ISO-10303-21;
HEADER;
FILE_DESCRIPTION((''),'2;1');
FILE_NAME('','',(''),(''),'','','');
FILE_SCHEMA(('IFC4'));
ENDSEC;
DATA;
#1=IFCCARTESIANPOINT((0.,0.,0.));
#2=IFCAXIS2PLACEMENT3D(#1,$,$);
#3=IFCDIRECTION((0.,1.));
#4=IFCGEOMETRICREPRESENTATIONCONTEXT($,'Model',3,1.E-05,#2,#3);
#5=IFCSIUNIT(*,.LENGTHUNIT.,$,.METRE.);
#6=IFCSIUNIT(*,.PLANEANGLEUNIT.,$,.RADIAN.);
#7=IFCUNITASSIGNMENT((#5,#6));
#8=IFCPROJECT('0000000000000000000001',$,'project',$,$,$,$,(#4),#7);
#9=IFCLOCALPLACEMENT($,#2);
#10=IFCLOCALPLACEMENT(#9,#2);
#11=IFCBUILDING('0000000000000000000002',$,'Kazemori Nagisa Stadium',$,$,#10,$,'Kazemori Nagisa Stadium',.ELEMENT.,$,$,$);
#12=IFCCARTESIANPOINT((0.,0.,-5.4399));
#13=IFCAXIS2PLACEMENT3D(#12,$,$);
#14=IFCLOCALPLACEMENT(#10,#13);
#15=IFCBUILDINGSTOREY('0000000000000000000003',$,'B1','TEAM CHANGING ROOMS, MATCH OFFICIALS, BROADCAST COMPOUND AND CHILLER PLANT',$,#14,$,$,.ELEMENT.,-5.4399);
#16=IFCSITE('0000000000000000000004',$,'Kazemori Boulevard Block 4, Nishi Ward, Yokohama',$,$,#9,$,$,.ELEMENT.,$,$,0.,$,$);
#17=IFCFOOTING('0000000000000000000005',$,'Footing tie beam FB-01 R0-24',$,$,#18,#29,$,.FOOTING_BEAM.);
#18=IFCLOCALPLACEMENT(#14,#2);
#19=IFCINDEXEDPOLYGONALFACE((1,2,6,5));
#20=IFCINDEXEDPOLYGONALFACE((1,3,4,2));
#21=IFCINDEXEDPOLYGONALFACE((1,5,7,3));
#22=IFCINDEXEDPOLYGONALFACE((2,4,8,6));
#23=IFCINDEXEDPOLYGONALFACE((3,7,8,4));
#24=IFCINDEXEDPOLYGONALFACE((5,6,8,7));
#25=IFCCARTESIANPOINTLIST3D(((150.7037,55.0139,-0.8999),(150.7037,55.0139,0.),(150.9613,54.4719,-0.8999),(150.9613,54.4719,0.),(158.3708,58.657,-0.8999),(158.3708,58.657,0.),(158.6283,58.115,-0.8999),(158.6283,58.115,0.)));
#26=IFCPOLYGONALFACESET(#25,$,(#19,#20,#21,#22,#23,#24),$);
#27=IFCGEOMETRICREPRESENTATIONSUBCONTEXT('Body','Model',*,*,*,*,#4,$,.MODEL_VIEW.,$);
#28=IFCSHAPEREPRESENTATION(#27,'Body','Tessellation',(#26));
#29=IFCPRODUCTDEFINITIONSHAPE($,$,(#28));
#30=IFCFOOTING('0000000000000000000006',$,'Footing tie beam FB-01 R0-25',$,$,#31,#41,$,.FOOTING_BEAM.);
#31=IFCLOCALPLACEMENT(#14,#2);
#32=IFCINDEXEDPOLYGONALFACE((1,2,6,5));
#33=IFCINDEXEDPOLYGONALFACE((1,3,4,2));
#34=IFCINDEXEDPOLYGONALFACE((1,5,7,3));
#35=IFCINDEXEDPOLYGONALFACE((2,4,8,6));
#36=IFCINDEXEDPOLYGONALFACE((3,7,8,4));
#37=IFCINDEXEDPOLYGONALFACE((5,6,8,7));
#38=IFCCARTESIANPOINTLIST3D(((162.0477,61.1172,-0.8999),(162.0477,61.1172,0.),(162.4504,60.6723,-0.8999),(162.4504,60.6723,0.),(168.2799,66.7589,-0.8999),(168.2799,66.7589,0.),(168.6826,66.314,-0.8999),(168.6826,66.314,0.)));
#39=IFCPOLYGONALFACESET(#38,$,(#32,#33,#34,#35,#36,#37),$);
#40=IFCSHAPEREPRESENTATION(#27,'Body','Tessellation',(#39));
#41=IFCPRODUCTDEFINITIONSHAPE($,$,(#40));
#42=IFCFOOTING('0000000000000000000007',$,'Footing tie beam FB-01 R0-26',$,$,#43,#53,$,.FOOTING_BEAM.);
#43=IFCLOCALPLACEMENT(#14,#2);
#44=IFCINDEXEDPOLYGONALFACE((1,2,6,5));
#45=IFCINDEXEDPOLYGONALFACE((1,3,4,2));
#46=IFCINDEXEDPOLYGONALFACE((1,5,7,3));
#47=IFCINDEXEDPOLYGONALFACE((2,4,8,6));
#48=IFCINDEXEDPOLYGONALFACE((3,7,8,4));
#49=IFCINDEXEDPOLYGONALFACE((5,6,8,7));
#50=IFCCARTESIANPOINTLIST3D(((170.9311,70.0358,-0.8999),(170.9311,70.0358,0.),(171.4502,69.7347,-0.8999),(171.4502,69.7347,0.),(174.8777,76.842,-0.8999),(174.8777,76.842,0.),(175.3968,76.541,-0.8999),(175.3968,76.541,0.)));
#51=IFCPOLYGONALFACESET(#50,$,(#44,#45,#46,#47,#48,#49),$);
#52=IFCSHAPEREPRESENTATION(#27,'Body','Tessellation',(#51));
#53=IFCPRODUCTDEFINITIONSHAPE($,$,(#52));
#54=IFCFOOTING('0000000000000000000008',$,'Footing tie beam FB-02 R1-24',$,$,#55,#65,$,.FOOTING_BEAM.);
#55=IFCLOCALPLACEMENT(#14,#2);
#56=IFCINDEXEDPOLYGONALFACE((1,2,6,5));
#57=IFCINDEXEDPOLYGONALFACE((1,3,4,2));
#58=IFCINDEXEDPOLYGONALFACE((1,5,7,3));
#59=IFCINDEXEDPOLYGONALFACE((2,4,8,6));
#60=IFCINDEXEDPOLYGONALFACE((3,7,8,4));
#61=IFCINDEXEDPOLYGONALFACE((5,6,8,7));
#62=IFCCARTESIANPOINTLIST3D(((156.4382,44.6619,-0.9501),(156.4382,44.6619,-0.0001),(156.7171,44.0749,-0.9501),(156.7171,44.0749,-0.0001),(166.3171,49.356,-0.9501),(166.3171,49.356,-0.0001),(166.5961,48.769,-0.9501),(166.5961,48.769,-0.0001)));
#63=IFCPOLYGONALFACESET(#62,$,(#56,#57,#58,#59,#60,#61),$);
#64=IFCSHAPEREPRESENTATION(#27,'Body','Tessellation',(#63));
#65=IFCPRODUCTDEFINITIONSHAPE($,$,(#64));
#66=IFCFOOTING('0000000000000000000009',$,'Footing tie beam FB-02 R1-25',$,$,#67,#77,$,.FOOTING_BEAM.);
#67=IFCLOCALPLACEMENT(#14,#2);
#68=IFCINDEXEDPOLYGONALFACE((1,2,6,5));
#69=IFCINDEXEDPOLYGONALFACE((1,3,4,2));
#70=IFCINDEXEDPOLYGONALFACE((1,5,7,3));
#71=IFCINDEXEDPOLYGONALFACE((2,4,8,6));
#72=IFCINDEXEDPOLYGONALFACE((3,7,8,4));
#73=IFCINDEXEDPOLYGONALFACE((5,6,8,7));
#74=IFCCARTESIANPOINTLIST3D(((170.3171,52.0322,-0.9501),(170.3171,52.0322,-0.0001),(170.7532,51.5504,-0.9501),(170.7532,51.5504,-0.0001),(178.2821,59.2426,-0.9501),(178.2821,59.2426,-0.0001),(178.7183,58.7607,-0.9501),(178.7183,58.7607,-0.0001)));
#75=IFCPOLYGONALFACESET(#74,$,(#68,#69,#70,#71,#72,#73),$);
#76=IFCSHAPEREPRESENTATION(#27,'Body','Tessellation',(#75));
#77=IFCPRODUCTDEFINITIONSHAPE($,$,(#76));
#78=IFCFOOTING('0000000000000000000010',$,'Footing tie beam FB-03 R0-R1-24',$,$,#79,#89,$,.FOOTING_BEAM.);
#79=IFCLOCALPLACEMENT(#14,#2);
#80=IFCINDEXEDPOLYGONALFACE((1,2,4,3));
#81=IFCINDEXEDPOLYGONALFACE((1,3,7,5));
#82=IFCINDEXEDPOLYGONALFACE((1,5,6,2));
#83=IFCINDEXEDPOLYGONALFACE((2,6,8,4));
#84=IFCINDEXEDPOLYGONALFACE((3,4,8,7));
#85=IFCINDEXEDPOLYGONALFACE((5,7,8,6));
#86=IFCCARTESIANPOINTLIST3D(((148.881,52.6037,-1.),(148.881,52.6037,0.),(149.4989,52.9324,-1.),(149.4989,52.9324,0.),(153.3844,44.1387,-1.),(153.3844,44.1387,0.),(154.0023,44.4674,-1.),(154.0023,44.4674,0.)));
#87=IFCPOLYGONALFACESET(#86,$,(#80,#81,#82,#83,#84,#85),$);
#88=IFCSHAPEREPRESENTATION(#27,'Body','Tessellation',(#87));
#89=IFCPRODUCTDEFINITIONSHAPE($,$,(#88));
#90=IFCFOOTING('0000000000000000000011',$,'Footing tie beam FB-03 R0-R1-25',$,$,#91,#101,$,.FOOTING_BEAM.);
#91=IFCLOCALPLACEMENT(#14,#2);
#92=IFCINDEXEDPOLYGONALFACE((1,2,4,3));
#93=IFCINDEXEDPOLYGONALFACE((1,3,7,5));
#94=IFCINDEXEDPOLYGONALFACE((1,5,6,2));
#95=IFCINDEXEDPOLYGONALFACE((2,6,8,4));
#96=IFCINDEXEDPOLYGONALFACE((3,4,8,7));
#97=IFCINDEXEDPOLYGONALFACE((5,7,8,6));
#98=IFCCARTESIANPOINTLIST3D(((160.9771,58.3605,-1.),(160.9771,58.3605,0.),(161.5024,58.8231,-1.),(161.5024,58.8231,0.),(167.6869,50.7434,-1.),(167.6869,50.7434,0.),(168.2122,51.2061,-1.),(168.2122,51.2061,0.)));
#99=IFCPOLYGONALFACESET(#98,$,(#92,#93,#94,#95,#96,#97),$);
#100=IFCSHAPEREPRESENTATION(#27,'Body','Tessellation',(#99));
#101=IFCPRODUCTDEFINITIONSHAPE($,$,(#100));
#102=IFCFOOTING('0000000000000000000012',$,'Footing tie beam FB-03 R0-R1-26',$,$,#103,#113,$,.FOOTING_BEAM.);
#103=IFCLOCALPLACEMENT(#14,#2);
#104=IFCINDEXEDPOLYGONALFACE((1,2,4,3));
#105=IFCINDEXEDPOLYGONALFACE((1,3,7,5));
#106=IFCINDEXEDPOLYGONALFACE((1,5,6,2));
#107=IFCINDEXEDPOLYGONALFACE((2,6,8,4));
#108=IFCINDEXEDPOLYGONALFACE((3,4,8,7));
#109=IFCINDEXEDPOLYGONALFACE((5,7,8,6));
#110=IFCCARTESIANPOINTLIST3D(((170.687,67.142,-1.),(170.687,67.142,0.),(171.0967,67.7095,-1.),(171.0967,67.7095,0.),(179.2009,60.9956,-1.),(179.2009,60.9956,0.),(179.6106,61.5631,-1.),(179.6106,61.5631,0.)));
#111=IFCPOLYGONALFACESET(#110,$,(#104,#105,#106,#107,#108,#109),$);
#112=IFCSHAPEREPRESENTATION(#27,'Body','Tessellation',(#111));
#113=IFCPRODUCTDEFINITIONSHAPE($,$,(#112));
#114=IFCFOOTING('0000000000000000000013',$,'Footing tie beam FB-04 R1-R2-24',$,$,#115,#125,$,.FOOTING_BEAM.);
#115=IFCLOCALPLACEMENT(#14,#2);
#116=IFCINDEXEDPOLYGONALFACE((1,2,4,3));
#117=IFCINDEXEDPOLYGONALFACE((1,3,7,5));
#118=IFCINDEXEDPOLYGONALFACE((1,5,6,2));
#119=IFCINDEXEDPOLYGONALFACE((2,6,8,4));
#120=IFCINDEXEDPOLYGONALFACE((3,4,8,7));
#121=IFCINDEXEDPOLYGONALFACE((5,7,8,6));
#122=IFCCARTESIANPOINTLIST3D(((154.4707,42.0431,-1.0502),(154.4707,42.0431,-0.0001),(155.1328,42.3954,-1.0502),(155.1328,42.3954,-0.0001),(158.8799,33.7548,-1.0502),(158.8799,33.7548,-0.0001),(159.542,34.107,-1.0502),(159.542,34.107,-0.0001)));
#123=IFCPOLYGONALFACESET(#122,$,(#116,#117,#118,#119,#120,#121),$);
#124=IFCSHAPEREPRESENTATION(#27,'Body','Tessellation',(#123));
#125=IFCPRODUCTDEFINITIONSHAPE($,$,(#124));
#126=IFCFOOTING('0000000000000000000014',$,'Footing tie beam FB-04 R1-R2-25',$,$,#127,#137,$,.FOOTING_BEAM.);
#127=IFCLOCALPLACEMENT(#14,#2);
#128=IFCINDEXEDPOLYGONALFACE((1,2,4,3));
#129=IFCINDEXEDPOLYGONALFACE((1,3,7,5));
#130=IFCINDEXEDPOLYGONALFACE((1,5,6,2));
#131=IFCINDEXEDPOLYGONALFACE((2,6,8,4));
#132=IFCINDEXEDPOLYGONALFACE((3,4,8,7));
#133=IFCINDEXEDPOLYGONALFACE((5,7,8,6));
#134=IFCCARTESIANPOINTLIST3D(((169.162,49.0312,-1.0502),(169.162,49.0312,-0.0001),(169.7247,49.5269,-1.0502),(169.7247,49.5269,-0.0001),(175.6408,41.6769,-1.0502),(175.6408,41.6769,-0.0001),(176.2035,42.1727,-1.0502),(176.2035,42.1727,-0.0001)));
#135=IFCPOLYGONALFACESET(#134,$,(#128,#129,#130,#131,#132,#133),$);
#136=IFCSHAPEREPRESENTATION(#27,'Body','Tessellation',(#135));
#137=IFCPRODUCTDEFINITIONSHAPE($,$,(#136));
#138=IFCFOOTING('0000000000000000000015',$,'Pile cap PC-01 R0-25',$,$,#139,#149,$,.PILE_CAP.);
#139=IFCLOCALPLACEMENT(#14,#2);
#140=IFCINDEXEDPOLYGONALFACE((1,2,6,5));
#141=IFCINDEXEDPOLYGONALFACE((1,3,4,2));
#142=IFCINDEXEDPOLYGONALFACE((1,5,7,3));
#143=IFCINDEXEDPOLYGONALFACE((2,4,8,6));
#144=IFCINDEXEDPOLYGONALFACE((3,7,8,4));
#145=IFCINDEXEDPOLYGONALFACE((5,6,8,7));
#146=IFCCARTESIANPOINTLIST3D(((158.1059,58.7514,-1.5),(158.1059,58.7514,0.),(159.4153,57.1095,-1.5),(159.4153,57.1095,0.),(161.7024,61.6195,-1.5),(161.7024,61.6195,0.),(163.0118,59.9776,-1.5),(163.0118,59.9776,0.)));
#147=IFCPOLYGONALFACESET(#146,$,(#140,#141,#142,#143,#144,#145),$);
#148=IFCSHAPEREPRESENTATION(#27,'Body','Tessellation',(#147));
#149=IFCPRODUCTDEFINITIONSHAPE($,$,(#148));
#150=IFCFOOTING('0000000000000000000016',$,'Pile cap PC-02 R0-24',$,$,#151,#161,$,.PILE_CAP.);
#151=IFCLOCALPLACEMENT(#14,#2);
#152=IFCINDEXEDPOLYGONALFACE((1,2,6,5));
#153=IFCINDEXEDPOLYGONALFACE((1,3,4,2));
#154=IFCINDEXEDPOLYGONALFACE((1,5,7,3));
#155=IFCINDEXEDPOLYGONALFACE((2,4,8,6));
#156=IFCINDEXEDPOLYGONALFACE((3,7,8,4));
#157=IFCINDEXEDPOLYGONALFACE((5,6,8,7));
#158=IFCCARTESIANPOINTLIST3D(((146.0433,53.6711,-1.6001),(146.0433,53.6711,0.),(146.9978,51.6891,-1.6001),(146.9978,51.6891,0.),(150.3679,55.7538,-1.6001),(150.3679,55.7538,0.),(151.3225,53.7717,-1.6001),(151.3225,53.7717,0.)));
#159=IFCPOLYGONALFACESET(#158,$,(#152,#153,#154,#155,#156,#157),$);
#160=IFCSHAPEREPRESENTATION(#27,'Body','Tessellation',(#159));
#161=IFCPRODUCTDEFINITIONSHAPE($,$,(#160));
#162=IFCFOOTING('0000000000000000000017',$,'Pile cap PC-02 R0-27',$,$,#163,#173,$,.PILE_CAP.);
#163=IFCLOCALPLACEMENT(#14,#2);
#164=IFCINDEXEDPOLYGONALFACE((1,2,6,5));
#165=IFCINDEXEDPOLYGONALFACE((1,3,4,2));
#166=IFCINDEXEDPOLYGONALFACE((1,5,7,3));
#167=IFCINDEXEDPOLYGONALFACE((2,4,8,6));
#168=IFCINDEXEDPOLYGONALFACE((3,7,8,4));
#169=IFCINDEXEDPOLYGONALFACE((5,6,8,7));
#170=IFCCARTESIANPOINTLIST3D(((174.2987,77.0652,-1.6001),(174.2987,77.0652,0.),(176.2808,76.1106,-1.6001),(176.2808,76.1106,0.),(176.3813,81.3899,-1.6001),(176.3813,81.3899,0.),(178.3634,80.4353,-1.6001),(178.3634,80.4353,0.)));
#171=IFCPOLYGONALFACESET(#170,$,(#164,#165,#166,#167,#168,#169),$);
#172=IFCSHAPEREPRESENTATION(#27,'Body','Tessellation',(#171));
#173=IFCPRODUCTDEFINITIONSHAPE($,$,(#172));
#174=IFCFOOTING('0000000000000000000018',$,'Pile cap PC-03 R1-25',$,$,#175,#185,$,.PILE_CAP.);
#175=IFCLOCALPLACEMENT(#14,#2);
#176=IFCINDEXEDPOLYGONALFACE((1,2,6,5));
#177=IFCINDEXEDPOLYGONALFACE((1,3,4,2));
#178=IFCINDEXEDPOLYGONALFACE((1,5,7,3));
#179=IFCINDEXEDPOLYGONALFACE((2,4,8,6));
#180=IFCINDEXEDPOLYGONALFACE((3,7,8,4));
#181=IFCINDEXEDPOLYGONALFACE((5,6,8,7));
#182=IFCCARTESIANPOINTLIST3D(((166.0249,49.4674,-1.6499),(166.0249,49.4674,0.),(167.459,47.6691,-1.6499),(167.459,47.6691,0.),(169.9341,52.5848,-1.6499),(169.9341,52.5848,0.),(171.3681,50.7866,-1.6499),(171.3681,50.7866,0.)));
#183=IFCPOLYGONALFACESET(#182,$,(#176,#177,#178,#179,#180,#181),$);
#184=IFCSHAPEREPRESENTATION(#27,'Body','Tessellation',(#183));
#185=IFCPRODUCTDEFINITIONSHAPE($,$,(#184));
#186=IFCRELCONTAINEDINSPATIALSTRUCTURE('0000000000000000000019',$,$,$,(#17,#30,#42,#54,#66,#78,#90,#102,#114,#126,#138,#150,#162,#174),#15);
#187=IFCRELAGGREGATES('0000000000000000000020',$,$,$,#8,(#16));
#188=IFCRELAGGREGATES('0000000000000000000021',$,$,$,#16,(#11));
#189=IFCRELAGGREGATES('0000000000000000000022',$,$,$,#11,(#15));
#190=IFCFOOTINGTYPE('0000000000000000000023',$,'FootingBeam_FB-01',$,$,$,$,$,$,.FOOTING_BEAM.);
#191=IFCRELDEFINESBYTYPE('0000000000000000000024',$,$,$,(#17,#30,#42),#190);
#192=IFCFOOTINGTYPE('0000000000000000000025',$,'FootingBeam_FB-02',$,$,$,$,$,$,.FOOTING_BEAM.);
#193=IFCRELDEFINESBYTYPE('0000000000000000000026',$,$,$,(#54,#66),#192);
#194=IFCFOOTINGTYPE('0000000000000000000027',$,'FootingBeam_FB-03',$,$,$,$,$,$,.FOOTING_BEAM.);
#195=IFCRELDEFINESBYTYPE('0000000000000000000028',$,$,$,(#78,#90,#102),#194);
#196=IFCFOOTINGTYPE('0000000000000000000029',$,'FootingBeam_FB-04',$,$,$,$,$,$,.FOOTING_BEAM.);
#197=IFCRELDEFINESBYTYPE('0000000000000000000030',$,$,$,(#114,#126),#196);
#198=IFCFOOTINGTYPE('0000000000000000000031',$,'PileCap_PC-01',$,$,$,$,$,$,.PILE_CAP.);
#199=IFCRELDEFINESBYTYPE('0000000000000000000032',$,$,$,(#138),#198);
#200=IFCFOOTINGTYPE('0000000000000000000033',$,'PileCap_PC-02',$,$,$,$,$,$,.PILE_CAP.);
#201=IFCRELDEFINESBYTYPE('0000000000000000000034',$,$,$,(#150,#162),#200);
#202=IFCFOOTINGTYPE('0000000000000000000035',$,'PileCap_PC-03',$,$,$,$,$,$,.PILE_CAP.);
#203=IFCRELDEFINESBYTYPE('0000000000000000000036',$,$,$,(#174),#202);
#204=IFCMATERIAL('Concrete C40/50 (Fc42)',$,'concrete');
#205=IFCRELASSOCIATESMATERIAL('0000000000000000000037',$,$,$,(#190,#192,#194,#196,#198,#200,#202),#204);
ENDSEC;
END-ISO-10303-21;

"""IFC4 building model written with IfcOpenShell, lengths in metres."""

from ifc_helpers import new_model, si_unit, direction, frame, origin, origin_2d, place, context, subcontext, project, spatial, rectangle, extrude, material, material_profile, profile_set, type_object, element, save


model = new_model("IFC4")

# Units and contexts
model_context = context("Model", 3, precision=1e-05, world=origin(), true_north=direction((0.0, 1.0)))
body_context = subcontext(model_context, "Body", "Model", "MODEL_VIEW")
ifc_project = project(units=[si_unit("LENGTHUNIT", "METRE"), si_unit("PLANEANGLEUNIT", "RADIAN")], contexts=[model_context])

# Site, building, storey
site_placement = place(None, origin())
site = spatial("IfcSite", under=ifc_project, at=site_placement, Name="Kazemori Boulevard Block 4, Nishi Ward, Yokohama", CompositionType="ELEMENT", RefElevation=0.0)
building_placement = place(site_placement, origin())
building = spatial("IfcBuilding", under=site, at=building_placement, Name="Kazemori Nagisa Stadium", LongName="Kazemori Nagisa Stadium", CompositionType="ELEMENT")
storey_placement = place(building_placement, frame((0.0, 0.0, -5.4399)))
storey = spatial("IfcBuildingStorey", under=building, at=storey_placement, Name="B1", Description="TEAM CHANGING ROOMS, MATCH OFFICIALS, BROADCAST COMPOUND AND CHILLER PLANT", CompositionType="ELEMENT", Elevation=-5.4399)

# Footings
ifc_material_1 = material(Name="Concrete C40/50 (Fc42)", Category="concrete")
ifc_material_profile_1 = material_profile(ifc_material_1, rectangle(XDim=0.6001, YDim=0.8999, at=origin_2d()), Name="RC-FB-600x900")
ifc_profile_set_1 = profile_set([ifc_material_profile_1], Name="Concrete C40/50 (Fc42)")
footing_type_1 = type_object("IfcFootingType", Name="FootingBeam_FB-01", PredefinedType="FOOTING_BEAM", material=ifc_profile_set_1)
footing_1_placement = place(storey_placement, frame((150.8325, 54.7429, -0.45), z_axis=(0.903221, 0.429176, 0.0), x_axis=(-0.429176, 0.903221, 0.0)))
element("IfcFooting", 1, at=footing_1_placement, inside=storey, type_object=footing_type_1, Name="Footing tie beam FB-01 R0-24", PredefinedType="FOOTING_BEAM", context=body_context, shape_type="SweptSolid", body=[
    extrude(rectangle(XDim=0.6001, YDim=0.8999, at=origin_2d()), origin(), (0.0, 0.0, 1.0), 8.4885),
])
footing_2_placement = place(storey_placement, frame((162.249, 60.8948, -0.45), z_axis=(0.74136, 0.671107, 0.0), x_axis=(-0.671107, 0.74136, 0.0)))
element("IfcFooting", 2, at=footing_2_placement, inside=storey, type_object=footing_type_1, Name="Footing tie beam FB-01 R0-25", PredefinedType="FOOTING_BEAM", context=body_context, shape_type="SweptSolid", body=[
    extrude(rectangle(XDim=0.6001, YDim=0.8999, at=origin_2d()), origin(), (0.0, 0.0, 1.0), 8.4065),
])
footing_3_placement = place(storey_placement, frame((171.1907, 69.8853, -0.45), z_axis=(0.50162, 0.865088, 0.0), x_axis=(-0.865088, 0.50162, 0.0)))
element("IfcFooting", 3, at=footing_3_placement, inside=storey, type_object=footing_type_1, Name="Footing tie beam FB-01 R0-26", PredefinedType="FOOTING_BEAM", context=body_context, shape_type="SweptSolid", body=[
    extrude(rectangle(XDim=0.6001, YDim=0.8999, at=origin_2d()), origin(), (0.0, 0.0, 1.0), 7.8677),
])
ifc_material_profile_2 = material_profile(ifc_material_1, rectangle(XDim=0.6499, YDim=0.95, at=origin_2d()), Name="RC-FB-650x950")
ifc_profile_set_2 = profile_set([ifc_material_profile_2], Name="Concrete C40/50 (Fc42)")
footing_type_2 = type_object("IfcFootingType", Name="FootingBeam_FB-02", PredefinedType="FOOTING_BEAM", material=ifc_profile_set_2)
footing_4_placement = place(storey_placement, frame((156.5776, 44.3684, -0.4751), z_axis=(0.90322, 0.429177, 0.0), x_axis=(-0.429177, 0.90322, 0.0)))
element("IfcFooting", 4, at=footing_4_placement, inside=storey, type_object=footing_type_2, Name="Footing tie beam FB-02 R1-24", PredefinedType="FOOTING_BEAM", context=body_context, shape_type="SweptSolid", body=[
    extrude(rectangle(XDim=0.6499, YDim=0.95, at=origin_2d()), origin(), (0.0, 0.0, 1.0), 10.9375),
])
footing_5_placement = place(storey_placement, frame((170.5352, 51.7913, -0.4751), z_axis=(0.741353, 0.671115, 0.0), x_axis=(-0.671115, 0.741353, 0.0)))
element("IfcFooting", 5, at=footing_5_placement, inside=storey, type_object=footing_type_2, Name="Footing tie beam FB-02 R1-25", PredefinedType="FOOTING_BEAM", context=body_context, shape_type="SweptSolid", body=[
    extrude(rectangle(XDim=0.6499, YDim=0.95, at=origin_2d()), origin(), (0.0, 0.0, 1.0), 10.7439),
])
ifc_material_profile_3 = material_profile(ifc_material_1, rectangle(XDim=0.7, YDim=1.0, at=origin_2d()), Name="RC-FB-700x1000")
ifc_profile_set_3 = profile_set([ifc_material_profile_3], Name="Concrete C40/50 (Fc42)")
footing_type_3 = type_object("IfcFootingType", Name="FootingBeam_FB-03", PredefinedType="FOOTING_BEAM", material=ifc_profile_set_3)
footing_6_placement = place(storey_placement, frame((149.1899, 52.7681, -0.5), z_axis=(0.469671, -0.882842, 0.0), x_axis=(0.882842, 0.469671, 0.0)))
element("IfcFooting", 6, at=footing_6_placement, inside=storey, type_object=footing_type_3, Name="Footing tie beam FB-03 R0-R1-24", PredefinedType="FOOTING_BEAM", context=body_context, shape_type="SweptSolid", body=[
    extrude(rectangle(XDim=0.7, YDim=1.0, at=origin_2d()), origin(), (0.0, 0.0, 1.0), 9.5884),
])
footing_7_placement = place(storey_placement, frame((161.2397, 58.5918, -0.5), z_axis=(0.661006, -0.750381, 0.0), x_axis=(0.750381, 0.661006, 0.0)))
element("IfcFooting", 7, at=footing_7_placement, inside=storey, type_object=footing_type_3, Name="Footing tie beam FB-03 R0-R1-25", PredefinedType="FOOTING_BEAM", context=body_context, shape_type="SweptSolid", body=[
    extrude(rectangle(XDim=0.7, YDim=1.0, at=origin_2d()), origin(), (0.0, 0.0, 1.0), 10.1509),
])
footing_8_placement = place(storey_placement, frame((170.8918, 67.4258, -0.5), z_axis=(0.81079, -0.585337, 0.0), x_axis=(0.585337, 0.81079, 0.0)))
element("IfcFooting", 8, at=footing_8_placement, inside=storey, type_object=footing_type_3, Name="Footing tie beam FB-03 R0-R1-26", PredefinedType="FOOTING_BEAM", context=body_context, shape_type="SweptSolid", body=[
    extrude(rectangle(XDim=0.7, YDim=1.0, at=origin_2d()), origin(), (0.0, 0.0, 1.0), 10.5007),
])
ifc_material_profile_4 = material_profile(ifc_material_1, rectangle(XDim=0.75, YDim=1.05, at=origin_2d()), Name="RC-FB-750x1050")
ifc_profile_set_4 = profile_set([ifc_material_profile_4], Name="Concrete C40/50 (Fc42)")
footing_type_4 = type_object("IfcFootingType", Name="FootingBeam_FB-04", PredefinedType="FOOTING_BEAM", material=ifc_profile_set_4)
footing_9_placement = place(storey_placement, frame((154.8018, 42.2192, -0.5251), z_axis=(0.469654, -0.882851, 0.0), x_axis=(0.882851, 0.469654, 0.0)))
element("IfcFooting", 9, at=footing_9_placement, inside=storey, type_object=footing_type_4, Name="Footing tie beam FB-04 R1-R2-24", PredefinedType="FOOTING_BEAM", context=body_context, shape_type="SweptSolid", body=[
    extrude(rectangle(XDim=0.75, YDim=1.05, at=origin_2d()), origin(), (0.0, 0.0, 1.0), 9.3882),
])
footing_10_placement = place(storey_placement, frame((169.4434, 49.2791, -0.5251), z_axis=(0.661032, -0.750358, 0.0), x_axis=(0.750358, 0.661032, 0.0)))
element("IfcFooting", 10, at=footing_10_placement, inside=storey, type_object=footing_type_4, Name="Footing tie beam FB-04 R1-R2-25", PredefinedType="FOOTING_BEAM", context=body_context, shape_type="SweptSolid", body=[
    extrude(rectangle(XDim=0.75, YDim=1.05, at=origin_2d()), origin(), (0.0, 0.0, 1.0), 9.801),
])
footing_type_5 = type_object("IfcFootingType", Name="PileCap_PC-01", PredefinedType="PILE_CAP", material=ifc_material_1)
footing_11_placement = place(storey_placement, frame((160.5588, 59.3645, -1.5), z_axis=(0.0, 0.0, 1.0), x_axis=(0.781831, 0.62349, 0.0)))
element("IfcFooting", 11, at=footing_11_placement, inside=storey, type_object=footing_type_5, Name="Pile cap PC-01 R0-25", PredefinedType="PILE_CAP", context=body_context, shape_type="SweptSolid", body=[
    extrude(rectangle(XDim=4.6001, YDim=2.1001, at=origin_2d()), origin(), (0.0, 0.0, 1.0), 1.5),
])
footing_type_6 = type_object("IfcFootingType", Name="PileCap_PC-02", PredefinedType="PILE_CAP", material=ifc_material_1)
for number, where, z_axis, x_axis, name in (
    (12, (148.6829, 53.7214, -1.6001), (0.0, 0.0, 1.0), (0.900969, 0.433884, 0.0), "Pile cap PC-02 R0-24"),
    (13, (176.3311, 78.7502, -1.6001), (0.0, 0.0, 1.0), (0.433884, 0.900969, 0.0), "Pile cap PC-02 R0-27"),
):
    element("IfcFooting", number, at=place(storey_placement, frame(where, z_axis=z_axis, x_axis=x_axis)), inside=storey, type_object=footing_type_6, Name=name, PredefinedType="PILE_CAP", context=body_context, shape_type="SweptSolid", body=[
        extrude(rectangle(XDim=4.8, YDim=2.2, at=origin_2d()), origin(), (0.0, 0.0, 1.0), 1.6001),
    ])
footing_type_7 = type_object("IfcFootingType", Name="PileCap_PC-03", PredefinedType="PILE_CAP", material=ifc_material_1)
footing_12_placement = place(storey_placement, frame((168.6965, 50.127, -1.6499), z_axis=(0.0, 0.0, 1.0), x_axis=(0.781831, 0.62349, 0.0)))
element("IfcFooting", 14, at=footing_12_placement, inside=storey, type_object=footing_type_7, Name="Pile cap PC-03 R1-25", PredefinedType="PILE_CAP", context=body_context, shape_type="SweptSolid", body=[
    extrude(rectangle(XDim=5.0, YDim=2.3, at=origin_2d()), origin(), (0.0, 0.0, 1.0), 1.6499),
])

save(model, "model.ifc")
